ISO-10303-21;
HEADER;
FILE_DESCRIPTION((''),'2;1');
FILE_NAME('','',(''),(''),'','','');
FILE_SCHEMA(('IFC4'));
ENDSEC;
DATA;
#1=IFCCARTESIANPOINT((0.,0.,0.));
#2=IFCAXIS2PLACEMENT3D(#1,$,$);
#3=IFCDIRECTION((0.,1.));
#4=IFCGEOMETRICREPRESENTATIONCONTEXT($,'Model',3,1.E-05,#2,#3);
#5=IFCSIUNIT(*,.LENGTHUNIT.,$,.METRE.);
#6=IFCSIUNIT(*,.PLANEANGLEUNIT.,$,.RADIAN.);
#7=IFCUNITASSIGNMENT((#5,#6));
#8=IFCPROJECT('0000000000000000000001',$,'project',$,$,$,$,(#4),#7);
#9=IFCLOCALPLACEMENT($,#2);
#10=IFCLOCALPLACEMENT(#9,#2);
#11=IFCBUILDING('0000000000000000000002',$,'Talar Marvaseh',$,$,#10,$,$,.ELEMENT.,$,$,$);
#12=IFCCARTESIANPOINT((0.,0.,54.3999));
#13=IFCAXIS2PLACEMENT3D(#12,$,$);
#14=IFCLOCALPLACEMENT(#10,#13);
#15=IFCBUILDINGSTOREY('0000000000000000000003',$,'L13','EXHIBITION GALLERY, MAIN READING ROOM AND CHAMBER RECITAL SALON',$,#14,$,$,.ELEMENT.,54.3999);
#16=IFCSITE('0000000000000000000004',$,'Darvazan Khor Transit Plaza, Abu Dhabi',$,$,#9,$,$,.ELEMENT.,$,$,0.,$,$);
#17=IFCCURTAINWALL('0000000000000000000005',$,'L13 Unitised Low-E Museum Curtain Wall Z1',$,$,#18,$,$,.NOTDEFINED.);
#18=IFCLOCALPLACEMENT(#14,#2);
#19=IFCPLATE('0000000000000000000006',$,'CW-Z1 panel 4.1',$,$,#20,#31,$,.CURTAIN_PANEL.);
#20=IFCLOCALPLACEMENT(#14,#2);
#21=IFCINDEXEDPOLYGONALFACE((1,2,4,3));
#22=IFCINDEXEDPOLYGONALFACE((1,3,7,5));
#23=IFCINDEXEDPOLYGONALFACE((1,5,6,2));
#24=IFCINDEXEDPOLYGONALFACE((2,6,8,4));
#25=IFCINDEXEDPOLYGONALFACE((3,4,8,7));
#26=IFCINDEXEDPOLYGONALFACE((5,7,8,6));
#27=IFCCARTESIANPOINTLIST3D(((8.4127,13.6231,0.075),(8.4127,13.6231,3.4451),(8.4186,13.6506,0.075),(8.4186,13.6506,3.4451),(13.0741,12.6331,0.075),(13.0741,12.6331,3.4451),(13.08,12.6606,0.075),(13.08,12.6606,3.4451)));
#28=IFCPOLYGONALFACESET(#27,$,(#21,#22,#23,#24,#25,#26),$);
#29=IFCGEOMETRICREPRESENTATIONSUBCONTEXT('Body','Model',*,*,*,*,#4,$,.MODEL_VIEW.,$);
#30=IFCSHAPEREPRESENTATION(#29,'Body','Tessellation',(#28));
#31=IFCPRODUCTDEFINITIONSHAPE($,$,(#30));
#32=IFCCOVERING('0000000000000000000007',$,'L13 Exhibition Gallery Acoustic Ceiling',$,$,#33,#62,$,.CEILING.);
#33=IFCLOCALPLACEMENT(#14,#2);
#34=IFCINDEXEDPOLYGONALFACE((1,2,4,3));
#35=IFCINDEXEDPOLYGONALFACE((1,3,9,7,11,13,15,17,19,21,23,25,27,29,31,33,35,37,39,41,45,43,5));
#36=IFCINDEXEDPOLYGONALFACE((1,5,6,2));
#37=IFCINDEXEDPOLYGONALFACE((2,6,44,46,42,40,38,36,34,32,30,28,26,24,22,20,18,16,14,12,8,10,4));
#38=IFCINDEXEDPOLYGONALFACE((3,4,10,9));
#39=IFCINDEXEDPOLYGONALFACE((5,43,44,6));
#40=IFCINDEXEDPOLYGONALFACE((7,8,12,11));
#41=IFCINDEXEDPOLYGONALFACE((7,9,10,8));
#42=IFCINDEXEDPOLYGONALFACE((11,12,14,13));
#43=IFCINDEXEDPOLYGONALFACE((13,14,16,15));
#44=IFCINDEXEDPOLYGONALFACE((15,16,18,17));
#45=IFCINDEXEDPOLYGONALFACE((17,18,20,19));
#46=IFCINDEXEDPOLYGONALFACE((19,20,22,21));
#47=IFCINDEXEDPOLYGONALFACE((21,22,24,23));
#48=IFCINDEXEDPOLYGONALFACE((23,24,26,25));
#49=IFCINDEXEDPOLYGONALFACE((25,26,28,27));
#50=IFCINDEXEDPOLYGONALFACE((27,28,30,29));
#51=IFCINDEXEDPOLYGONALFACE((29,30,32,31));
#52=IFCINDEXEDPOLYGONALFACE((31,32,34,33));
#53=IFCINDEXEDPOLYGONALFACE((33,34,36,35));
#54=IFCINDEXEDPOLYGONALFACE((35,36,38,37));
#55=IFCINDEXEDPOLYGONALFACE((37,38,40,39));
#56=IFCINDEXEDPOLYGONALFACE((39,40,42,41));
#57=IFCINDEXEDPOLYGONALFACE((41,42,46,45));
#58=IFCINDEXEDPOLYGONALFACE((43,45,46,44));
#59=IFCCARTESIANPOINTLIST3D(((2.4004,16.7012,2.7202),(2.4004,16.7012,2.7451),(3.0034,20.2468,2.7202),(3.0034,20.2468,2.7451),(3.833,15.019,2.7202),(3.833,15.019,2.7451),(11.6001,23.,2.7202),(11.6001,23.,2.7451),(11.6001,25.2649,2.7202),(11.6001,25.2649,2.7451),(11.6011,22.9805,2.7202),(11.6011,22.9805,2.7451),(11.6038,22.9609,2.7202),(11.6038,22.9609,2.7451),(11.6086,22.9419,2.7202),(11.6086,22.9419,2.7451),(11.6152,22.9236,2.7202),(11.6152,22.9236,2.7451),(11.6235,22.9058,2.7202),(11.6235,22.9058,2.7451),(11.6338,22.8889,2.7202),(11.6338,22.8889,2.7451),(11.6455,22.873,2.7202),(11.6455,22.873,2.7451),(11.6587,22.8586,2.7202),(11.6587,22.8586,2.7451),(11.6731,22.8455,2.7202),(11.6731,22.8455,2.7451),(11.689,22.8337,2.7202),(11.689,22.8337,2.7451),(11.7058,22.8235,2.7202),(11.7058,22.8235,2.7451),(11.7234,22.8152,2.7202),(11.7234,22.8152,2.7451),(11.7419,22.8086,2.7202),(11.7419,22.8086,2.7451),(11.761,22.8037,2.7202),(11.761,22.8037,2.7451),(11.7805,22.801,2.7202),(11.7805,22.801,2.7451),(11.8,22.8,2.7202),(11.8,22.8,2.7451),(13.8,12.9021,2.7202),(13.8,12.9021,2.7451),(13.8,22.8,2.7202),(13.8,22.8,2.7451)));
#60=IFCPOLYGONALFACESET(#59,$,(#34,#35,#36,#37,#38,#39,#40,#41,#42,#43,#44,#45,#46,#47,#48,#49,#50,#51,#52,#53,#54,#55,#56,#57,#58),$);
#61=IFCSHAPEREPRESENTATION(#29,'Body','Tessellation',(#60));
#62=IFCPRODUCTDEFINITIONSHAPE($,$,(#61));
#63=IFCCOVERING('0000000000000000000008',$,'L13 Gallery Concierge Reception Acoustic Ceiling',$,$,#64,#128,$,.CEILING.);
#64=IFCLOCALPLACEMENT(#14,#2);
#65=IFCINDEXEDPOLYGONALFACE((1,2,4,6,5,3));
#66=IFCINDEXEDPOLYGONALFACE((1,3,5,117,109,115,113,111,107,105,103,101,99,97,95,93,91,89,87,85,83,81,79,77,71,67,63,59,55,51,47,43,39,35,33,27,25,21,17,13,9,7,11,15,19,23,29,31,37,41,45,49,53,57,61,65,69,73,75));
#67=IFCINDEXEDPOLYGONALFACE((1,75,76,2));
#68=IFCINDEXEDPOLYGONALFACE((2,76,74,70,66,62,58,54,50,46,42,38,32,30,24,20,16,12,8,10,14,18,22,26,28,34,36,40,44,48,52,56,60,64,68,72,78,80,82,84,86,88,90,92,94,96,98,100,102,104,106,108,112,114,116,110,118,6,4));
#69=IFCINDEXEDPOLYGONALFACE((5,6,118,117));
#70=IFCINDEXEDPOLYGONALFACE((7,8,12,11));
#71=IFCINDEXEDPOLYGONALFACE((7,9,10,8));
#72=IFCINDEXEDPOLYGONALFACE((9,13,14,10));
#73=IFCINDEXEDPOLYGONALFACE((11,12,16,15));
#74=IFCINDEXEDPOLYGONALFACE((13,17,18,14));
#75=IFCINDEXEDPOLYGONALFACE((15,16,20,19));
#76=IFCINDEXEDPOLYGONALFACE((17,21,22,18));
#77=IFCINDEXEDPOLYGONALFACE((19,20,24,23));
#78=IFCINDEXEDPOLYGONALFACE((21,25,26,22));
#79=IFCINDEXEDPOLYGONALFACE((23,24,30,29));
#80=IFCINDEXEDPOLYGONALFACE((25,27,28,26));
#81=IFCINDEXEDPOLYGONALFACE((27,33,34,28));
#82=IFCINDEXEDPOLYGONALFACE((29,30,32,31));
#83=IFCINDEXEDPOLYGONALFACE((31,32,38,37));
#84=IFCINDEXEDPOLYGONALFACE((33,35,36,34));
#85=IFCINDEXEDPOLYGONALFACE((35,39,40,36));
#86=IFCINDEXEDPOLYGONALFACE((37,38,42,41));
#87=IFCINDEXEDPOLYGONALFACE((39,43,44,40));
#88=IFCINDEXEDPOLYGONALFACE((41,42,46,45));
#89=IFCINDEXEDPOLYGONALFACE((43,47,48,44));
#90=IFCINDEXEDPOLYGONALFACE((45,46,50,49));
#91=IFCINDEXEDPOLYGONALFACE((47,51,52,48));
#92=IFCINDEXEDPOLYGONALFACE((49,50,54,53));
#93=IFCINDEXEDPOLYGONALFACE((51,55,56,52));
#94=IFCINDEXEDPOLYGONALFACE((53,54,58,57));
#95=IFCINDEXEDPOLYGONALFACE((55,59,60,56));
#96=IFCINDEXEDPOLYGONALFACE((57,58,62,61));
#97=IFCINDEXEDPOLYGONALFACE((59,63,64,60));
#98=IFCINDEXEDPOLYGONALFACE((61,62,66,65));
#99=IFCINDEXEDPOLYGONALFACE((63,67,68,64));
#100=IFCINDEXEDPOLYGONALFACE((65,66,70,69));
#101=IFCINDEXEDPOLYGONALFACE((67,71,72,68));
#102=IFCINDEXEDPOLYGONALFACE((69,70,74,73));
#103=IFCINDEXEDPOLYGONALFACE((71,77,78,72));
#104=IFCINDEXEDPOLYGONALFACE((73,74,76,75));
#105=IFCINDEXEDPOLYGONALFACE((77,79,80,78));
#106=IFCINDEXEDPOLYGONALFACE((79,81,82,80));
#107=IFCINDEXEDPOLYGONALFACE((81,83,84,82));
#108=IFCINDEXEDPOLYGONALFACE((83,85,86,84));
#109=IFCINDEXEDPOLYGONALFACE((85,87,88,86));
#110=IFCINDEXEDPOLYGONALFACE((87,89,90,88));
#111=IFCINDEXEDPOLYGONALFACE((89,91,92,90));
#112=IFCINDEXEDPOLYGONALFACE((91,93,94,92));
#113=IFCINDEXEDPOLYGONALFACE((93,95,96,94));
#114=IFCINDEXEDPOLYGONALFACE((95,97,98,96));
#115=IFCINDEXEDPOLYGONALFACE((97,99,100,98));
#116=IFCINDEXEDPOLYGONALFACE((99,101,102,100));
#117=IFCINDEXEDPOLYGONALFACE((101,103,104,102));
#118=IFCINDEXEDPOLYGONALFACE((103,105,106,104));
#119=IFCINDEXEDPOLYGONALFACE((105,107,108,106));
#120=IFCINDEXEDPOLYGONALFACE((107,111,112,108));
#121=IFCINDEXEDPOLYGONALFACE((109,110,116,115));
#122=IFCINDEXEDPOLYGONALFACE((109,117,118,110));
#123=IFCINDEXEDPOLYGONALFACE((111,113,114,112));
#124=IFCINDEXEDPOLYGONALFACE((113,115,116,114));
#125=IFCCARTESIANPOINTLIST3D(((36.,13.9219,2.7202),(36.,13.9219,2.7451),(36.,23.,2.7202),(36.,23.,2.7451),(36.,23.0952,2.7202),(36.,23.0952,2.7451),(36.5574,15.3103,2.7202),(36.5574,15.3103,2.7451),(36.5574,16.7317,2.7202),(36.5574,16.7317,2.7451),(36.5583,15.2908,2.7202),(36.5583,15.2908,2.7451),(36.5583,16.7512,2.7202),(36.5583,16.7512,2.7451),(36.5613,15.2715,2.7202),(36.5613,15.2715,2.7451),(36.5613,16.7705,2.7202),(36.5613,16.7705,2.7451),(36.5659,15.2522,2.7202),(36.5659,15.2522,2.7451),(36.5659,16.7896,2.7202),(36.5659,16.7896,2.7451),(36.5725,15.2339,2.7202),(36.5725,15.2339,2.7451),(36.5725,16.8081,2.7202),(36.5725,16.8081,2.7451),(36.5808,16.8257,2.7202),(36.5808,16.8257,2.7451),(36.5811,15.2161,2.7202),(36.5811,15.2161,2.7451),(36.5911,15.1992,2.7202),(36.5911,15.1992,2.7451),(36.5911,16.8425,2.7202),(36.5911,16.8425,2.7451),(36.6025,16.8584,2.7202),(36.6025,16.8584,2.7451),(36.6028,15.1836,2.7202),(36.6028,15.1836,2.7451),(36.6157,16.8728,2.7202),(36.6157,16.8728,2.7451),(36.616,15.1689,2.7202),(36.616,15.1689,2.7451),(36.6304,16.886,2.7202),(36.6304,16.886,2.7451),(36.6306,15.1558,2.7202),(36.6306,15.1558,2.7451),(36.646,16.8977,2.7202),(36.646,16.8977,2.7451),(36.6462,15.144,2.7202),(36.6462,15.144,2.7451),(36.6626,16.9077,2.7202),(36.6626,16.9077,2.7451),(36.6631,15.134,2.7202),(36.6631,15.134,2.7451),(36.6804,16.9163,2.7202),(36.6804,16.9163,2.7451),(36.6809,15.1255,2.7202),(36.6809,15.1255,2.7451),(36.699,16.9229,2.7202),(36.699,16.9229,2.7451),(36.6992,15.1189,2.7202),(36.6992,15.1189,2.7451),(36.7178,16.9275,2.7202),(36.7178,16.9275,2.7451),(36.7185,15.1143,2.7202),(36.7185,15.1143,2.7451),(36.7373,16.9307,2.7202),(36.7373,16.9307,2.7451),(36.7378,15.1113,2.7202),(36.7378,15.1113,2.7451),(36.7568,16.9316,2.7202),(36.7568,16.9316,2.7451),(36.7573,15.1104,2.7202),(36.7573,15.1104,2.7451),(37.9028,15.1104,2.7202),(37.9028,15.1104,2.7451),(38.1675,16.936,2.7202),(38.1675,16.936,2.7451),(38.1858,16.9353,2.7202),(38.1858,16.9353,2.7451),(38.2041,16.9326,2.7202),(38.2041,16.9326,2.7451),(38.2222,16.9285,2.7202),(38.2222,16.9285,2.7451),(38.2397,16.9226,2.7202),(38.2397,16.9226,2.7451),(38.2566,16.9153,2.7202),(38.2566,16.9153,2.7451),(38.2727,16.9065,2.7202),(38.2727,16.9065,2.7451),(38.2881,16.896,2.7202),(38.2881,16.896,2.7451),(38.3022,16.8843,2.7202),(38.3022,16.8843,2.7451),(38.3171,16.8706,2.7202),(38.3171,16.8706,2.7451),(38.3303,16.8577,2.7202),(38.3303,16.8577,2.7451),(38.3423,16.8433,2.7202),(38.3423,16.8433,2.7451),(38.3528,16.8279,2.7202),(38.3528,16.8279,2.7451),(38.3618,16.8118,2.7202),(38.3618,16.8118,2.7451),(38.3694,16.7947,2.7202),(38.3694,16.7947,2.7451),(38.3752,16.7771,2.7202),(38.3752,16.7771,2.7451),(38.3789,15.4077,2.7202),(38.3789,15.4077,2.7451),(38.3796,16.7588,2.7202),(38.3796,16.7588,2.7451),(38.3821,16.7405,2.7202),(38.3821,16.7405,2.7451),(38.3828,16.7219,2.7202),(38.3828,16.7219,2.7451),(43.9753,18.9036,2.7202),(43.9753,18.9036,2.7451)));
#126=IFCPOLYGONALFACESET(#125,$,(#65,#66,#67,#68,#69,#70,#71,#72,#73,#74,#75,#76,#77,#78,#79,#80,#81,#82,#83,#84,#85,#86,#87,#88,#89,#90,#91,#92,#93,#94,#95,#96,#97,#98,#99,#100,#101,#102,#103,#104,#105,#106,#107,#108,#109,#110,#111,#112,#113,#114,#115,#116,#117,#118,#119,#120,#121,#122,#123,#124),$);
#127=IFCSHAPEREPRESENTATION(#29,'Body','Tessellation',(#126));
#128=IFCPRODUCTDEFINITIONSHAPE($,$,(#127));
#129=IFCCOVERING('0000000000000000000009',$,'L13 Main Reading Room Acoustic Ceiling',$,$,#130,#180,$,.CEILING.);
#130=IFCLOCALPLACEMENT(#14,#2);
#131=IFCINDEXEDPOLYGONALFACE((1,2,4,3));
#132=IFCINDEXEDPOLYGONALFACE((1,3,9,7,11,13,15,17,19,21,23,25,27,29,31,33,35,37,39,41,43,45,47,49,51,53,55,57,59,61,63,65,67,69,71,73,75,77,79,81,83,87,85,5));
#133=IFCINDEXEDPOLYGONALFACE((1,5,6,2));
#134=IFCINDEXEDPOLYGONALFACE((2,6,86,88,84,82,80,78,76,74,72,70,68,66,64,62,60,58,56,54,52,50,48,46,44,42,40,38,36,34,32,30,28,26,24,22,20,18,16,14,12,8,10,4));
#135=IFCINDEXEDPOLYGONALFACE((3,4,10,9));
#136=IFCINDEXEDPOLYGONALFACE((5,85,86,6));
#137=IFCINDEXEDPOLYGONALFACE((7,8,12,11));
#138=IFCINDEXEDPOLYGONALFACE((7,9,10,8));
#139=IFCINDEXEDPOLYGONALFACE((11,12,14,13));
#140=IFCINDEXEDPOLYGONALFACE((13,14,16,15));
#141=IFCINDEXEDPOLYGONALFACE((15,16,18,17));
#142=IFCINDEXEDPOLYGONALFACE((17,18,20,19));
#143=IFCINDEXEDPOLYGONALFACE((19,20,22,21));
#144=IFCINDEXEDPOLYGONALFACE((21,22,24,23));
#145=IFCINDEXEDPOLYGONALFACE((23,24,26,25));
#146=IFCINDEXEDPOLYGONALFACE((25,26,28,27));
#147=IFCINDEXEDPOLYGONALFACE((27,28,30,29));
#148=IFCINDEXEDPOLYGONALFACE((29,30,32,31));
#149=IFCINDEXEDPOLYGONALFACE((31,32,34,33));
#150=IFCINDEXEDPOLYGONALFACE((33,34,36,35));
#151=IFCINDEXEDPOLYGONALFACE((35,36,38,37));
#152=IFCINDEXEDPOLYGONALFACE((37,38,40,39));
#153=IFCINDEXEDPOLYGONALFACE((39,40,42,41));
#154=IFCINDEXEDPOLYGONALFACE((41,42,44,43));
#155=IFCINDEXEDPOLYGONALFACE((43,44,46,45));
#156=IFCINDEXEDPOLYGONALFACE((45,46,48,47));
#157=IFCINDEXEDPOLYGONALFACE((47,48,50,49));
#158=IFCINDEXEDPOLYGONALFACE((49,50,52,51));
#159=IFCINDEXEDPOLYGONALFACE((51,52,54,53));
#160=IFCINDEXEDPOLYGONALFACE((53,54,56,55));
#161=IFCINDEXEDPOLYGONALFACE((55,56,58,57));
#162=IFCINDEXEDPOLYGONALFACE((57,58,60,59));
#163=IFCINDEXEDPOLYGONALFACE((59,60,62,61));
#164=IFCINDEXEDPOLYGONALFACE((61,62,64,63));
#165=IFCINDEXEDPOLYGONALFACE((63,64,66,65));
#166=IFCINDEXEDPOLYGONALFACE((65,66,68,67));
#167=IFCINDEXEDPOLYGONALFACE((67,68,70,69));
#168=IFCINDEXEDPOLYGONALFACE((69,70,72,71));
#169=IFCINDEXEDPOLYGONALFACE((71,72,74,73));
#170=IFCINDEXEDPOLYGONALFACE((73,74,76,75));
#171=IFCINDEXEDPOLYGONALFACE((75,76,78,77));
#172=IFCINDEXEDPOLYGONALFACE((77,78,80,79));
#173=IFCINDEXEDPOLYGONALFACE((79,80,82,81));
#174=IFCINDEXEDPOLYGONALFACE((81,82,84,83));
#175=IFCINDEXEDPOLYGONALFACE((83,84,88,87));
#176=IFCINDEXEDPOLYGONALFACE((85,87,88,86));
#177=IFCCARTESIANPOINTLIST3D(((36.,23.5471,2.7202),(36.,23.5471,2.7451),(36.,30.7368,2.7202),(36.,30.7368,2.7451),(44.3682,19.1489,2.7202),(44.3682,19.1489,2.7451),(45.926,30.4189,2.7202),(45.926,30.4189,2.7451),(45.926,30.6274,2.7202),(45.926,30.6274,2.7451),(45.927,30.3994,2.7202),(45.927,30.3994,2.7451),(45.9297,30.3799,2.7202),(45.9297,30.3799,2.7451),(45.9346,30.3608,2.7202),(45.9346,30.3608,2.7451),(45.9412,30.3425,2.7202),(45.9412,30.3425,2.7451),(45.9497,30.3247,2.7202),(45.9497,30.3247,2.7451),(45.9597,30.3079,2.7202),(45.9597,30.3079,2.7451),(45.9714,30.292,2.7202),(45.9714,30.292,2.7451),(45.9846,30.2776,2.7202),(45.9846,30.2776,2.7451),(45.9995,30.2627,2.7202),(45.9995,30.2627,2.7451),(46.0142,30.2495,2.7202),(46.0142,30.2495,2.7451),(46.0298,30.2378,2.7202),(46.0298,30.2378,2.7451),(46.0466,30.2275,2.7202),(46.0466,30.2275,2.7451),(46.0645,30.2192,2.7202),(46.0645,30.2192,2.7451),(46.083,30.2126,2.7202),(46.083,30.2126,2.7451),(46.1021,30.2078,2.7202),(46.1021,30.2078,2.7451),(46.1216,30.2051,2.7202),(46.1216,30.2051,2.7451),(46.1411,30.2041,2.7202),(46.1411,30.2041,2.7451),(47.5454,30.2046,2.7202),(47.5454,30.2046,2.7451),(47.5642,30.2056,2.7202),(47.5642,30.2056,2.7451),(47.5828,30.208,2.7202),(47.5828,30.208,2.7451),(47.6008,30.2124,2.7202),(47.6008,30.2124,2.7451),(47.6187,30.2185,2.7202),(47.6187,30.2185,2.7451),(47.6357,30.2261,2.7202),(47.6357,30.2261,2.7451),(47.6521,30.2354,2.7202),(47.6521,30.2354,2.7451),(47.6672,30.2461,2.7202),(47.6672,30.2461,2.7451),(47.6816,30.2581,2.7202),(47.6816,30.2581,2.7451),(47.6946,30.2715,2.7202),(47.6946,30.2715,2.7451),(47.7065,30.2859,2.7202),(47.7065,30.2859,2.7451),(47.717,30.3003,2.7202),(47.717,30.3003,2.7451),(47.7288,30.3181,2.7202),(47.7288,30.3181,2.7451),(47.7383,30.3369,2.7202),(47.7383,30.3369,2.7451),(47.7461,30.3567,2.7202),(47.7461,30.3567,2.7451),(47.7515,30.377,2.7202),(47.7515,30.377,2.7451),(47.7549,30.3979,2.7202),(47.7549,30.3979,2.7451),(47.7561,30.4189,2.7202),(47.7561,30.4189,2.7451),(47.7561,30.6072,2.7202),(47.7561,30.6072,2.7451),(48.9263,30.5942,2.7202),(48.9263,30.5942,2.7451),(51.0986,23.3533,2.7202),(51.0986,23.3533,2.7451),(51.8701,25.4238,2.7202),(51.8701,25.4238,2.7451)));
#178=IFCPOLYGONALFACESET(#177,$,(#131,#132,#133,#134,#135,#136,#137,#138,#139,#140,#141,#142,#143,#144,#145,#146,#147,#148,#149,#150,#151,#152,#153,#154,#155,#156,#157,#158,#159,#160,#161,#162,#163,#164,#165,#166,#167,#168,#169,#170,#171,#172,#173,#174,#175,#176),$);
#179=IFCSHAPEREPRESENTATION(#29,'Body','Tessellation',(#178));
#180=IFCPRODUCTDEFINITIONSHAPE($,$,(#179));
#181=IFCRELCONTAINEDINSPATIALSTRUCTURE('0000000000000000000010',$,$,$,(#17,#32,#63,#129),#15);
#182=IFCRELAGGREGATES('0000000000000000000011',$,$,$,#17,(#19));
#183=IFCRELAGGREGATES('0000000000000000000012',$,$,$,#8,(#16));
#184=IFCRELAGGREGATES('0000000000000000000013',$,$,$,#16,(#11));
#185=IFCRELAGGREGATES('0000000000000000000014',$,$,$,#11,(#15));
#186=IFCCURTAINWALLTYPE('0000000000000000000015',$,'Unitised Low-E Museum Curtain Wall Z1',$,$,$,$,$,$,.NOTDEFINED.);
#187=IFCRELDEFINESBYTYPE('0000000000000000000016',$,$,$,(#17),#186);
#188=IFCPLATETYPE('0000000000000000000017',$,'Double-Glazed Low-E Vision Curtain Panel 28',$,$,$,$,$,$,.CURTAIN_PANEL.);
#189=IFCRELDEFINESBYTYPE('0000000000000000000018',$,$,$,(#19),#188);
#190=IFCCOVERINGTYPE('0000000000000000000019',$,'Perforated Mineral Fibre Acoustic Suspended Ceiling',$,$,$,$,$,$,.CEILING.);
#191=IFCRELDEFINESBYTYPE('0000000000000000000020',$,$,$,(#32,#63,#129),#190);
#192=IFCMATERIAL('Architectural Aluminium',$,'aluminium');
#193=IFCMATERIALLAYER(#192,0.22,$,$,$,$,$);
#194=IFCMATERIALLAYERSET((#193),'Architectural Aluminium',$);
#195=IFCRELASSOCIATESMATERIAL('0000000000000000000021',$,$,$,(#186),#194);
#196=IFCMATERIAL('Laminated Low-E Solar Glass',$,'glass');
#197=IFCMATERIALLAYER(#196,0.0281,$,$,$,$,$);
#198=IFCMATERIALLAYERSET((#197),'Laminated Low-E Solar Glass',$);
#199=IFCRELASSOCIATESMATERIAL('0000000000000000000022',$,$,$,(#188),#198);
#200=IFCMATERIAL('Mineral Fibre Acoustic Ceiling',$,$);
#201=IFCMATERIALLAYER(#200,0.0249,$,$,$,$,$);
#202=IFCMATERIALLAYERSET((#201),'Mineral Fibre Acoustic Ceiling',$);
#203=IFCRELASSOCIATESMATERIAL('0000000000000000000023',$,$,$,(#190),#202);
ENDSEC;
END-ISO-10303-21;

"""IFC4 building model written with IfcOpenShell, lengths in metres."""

from ifc_helpers import new_model, si_unit, direction, frame, origin, origin_2d, place, context, subcontext, project, spatial, polyline, rectangle, outline, extrude, source, transform, mapped, material, layer, layer_set, type_object, type_shapes, element, aggregate, save


model = new_model("IFC4")

# Units and contexts
model_context = context("Model", 3, precision=1e-05, world=origin(), true_north=direction((0.0, 1.0)))
body_context = subcontext(model_context, "Body", "Model", "MODEL_VIEW")
ifc_project = project(units=[si_unit("LENGTHUNIT", "METRE"), si_unit("PLANEANGLEUNIT", "RADIAN")], contexts=[model_context])

# Site, building, storey
site_placement = place(None, origin())
site = spatial("IfcSite", under=ifc_project, at=site_placement, Name="Darvazan Khor Transit Plaza, Abu Dhabi", CompositionType="ELEMENT", RefElevation=0.0)
building_placement = place(site_placement, origin())
building = spatial("IfcBuilding", under=site, at=building_placement, Name="Talar Marvaseh", CompositionType="ELEMENT")
storey_placement = place(building_placement, frame((0.0, 0.0, 54.3999)))
storey = spatial("IfcBuildingStorey", under=building, at=storey_placement, Name="L13", Description="EXHIBITION GALLERY, MAIN READING ROOM AND CHAMBER RECITAL SALON", CompositionType="ELEMENT", Elevation=54.3999)

# Curtain wall
ifc_material_1 = material(Name="Architectural Aluminium", Category="aluminium")
ifc_layer_1 = layer(ifc_material_1, 0.22)
ifc_layer_set_1 = layer_set([ifc_layer_1], Name="Architectural Aluminium")
curtain_wall_type = type_object("IfcCurtainWallType", Name="Unitised Low-E Museum Curtain Wall Z1", PredefinedType="NOTDEFINED", material=ifc_layer_set_1)
curtain_wall_placement = place(storey_placement, origin())
curtain_wall = element("IfcCurtainWall", 1, at=curtain_wall_placement, inside=storey, type_object=curtain_wall_type, Name="L13 Unitised Low-E Museum Curtain Wall Z1", PredefinedType="NOTDEFINED")

# Plate
ifc_material_2 = material(Name="Laminated Low-E Solar Glass", Category="glass")
ifc_layer_2 = layer(ifc_material_2, 0.0281)
ifc_layer_set_2 = layer_set([ifc_layer_2], Name="Laminated Low-E Solar Glass")
plate_type = type_object("IfcPlateType", Name="Double-Glazed Low-E Vision Curtain Panel 28", PredefinedType="CURTAIN_PANEL", material=ifc_layer_set_2)
shared_shape_1 = source(origin(), body_context, "Body", "SweptSolid", [
    extrude(rectangle(XDim=4.7654, YDim=0.0281, at=origin_2d()), origin(), (0.0, 0.0, 1.0), 3.3701),
])
type_shapes(plate_type, [shared_shape_1])
plate_placement = place(storey_placement, frame((10.7463, 13.1418, 0.075), z_axis=(0.0, 0.0, 1.0), x_axis=(-0.97818, 0.207758, 0.0)))
plate = element("IfcPlate", 2, at=plate_placement, type_object=plate_type, Name="CW-Z1 panel 4.1", PredefinedType="CURTAIN_PANEL", context=body_context, shape_type="MappedRepresentation", body=[
    mapped(shared_shape_1, transform((0.0, 0.0, 0.0), x_axis=(1.0, 0.0, 0.0), y_axis=(0.0, 1.0, 0.0), z_axis=(0.0, 0.0, 1.0), scale=1.0)),
])
aggregate(curtain_wall, [plate])

# Coverings
ifc_material_3 = material(Name="Mineral Fibre Acoustic Ceiling")
ifc_layer_3 = layer(ifc_material_3, 0.0249)
ifc_layer_set_3 = layer_set([ifc_layer_3], Name="Mineral Fibre Acoustic Ceiling")
covering_type_1 = type_object("IfcCoveringType", Name="Perforated Mineral Fibre Acoustic Suspended Ceiling", PredefinedType="CEILING", material=ifc_layer_set_3)
covering_1_placement = place(storey_placement, frame((0.0, 0.0, 2.7202)))
element("IfcCovering", 3, at=covering_1_placement, inside=storey, type_object=covering_type_1, Name="L13 Exhibition Gallery Acoustic Ceiling", PredefinedType="CEILING", context=body_context, shape_type="SweptSolid", body=[
    extrude(outline(polyline([(3.0034, 20.2468), (11.6001, 25.2649), (11.6001, 23.0), (11.6011, 22.9805), (11.6038, 22.9609), (11.6086, 22.9419), (11.6152, 22.9236), (11.6235, 22.9058), (11.6338, 22.8889), (11.6455, 22.873), (11.6587, 22.8586), (11.6731, 22.8455), (11.689, 22.8337), (11.7058, 22.8235), (11.7234, 22.8152), (11.7419, 22.8086), (11.761, 22.8037), (11.7805, 22.801), (11.8, 22.8), (13.8, 22.8), (13.8, 12.9021), (3.833, 15.019), (2.4004, 16.7012), (3.0034, 20.2468)])), origin(), (0.0, 0.0, 1.0), 0.0249),
])
covering_2_placement = place(storey_placement, frame((0.0, 0.0, 2.7202)))
element("IfcCovering", 4, at=covering_2_placement, inside=storey, type_object=covering_type_1, Name="L13 Gallery Concierge Reception Acoustic Ceiling", PredefinedType="CEILING", context=body_context, shape_type="SweptSolid", body=[
    extrude(outline(polyline([(43.9753, 18.9036), (38.3789, 15.4077), (38.3828, 16.7219), (38.3821, 16.7405), (38.3796, 16.7588), (38.3752, 16.7771), (38.3694, 16.7947), (38.3618, 16.8118), (38.3528, 16.8279), (38.3423, 16.8433), (38.3303, 16.8577), (38.3171, 16.8706), (38.3022, 16.8843), (38.2881, 16.896), (38.2727, 16.9065), (38.2566, 16.9153), (38.2397, 16.9226), (38.2222, 16.9285), (38.2041, 16.9326), (38.1858, 16.9353), (38.1675, 16.936), (36.7568, 16.9316), (36.7373, 16.9307), (36.7178, 16.9275), (36.699, 16.9229), (36.6804, 16.9163), (36.6626, 16.9077), (36.646, 16.8977), (36.6304, 16.886), (36.6157, 16.8728), (36.6025, 16.8584), (36.5911, 16.8425), (36.5808, 16.8257), (36.5725, 16.8081), (36.5659, 16.7896), (36.5613, 16.7705), (36.5583, 16.7512), (36.5574, 16.7317), (36.5574, 15.3103), (36.5583, 15.2908), (36.5613, 15.2715), (36.5659, 15.2522), (36.5725, 15.2339), (36.5811, 15.2161), (36.5911, 15.1992), (36.6028, 15.1836), (36.616, 15.1689), (36.6306, 15.1558), (36.6462, 15.144), (36.6631, 15.134), (36.6809, 15.1255), (36.6992, 15.1189), (36.7185, 15.1143), (36.7378, 15.1113), (36.7573, 15.1104), (37.9028, 15.1104), (36.0, 13.9219), (36.0, 23.0), (36.0, 23.0952), (43.9753, 18.9036)])), origin(), (0.0, 0.0, 1.0), 0.0249),
])
covering_3_placement = place(storey_placement, frame((0.0, 0.0, 2.7202)))
element("IfcCovering", 5, at=covering_3_placement, inside=storey, type_object=covering_type_1, Name="L13 Main Reading Room Acoustic Ceiling", PredefinedType="CEILING", context=body_context, shape_type="SweptSolid", body=[
    extrude(outline(polyline([(36.0, 23.5471), (36.0, 30.7368), (45.926, 30.6274), (45.926, 30.4189), (45.927, 30.3994), (45.9297, 30.3799), (45.9346, 30.3608), (45.9412, 30.3425), (45.9497, 30.3247), (45.9597, 30.3079), (45.9714, 30.292), (45.9846, 30.2776), (45.9995, 30.2627), (46.0142, 30.2495), (46.0298, 30.2378), (46.0466, 30.2275), (46.0645, 30.2192), (46.083, 30.2126), (46.1021, 30.2078), (46.1216, 30.2051), (46.1411, 30.2041), (47.5454, 30.2046), (47.5642, 30.2056), (47.5828, 30.208), (47.6008, 30.2124), (47.6187, 30.2185), (47.6357, 30.2261), (47.6521, 30.2354), (47.6672, 30.2461), (47.6816, 30.2581), (47.6946, 30.2715), (47.7065, 30.2859), (47.717, 30.3003), (47.7288, 30.3181), (47.7383, 30.3369), (47.7461, 30.3567), (47.7515, 30.377), (47.7549, 30.3979), (47.7561, 30.4189), (47.7561, 30.6072), (48.9263, 30.5942), (51.8701, 25.4238), (51.0986, 23.3533), (44.3682, 19.1489), (36.0, 23.5471)])), origin(), (0.0, 0.0, 1.0), 0.0249),
])

save(model, "model.ifc")
